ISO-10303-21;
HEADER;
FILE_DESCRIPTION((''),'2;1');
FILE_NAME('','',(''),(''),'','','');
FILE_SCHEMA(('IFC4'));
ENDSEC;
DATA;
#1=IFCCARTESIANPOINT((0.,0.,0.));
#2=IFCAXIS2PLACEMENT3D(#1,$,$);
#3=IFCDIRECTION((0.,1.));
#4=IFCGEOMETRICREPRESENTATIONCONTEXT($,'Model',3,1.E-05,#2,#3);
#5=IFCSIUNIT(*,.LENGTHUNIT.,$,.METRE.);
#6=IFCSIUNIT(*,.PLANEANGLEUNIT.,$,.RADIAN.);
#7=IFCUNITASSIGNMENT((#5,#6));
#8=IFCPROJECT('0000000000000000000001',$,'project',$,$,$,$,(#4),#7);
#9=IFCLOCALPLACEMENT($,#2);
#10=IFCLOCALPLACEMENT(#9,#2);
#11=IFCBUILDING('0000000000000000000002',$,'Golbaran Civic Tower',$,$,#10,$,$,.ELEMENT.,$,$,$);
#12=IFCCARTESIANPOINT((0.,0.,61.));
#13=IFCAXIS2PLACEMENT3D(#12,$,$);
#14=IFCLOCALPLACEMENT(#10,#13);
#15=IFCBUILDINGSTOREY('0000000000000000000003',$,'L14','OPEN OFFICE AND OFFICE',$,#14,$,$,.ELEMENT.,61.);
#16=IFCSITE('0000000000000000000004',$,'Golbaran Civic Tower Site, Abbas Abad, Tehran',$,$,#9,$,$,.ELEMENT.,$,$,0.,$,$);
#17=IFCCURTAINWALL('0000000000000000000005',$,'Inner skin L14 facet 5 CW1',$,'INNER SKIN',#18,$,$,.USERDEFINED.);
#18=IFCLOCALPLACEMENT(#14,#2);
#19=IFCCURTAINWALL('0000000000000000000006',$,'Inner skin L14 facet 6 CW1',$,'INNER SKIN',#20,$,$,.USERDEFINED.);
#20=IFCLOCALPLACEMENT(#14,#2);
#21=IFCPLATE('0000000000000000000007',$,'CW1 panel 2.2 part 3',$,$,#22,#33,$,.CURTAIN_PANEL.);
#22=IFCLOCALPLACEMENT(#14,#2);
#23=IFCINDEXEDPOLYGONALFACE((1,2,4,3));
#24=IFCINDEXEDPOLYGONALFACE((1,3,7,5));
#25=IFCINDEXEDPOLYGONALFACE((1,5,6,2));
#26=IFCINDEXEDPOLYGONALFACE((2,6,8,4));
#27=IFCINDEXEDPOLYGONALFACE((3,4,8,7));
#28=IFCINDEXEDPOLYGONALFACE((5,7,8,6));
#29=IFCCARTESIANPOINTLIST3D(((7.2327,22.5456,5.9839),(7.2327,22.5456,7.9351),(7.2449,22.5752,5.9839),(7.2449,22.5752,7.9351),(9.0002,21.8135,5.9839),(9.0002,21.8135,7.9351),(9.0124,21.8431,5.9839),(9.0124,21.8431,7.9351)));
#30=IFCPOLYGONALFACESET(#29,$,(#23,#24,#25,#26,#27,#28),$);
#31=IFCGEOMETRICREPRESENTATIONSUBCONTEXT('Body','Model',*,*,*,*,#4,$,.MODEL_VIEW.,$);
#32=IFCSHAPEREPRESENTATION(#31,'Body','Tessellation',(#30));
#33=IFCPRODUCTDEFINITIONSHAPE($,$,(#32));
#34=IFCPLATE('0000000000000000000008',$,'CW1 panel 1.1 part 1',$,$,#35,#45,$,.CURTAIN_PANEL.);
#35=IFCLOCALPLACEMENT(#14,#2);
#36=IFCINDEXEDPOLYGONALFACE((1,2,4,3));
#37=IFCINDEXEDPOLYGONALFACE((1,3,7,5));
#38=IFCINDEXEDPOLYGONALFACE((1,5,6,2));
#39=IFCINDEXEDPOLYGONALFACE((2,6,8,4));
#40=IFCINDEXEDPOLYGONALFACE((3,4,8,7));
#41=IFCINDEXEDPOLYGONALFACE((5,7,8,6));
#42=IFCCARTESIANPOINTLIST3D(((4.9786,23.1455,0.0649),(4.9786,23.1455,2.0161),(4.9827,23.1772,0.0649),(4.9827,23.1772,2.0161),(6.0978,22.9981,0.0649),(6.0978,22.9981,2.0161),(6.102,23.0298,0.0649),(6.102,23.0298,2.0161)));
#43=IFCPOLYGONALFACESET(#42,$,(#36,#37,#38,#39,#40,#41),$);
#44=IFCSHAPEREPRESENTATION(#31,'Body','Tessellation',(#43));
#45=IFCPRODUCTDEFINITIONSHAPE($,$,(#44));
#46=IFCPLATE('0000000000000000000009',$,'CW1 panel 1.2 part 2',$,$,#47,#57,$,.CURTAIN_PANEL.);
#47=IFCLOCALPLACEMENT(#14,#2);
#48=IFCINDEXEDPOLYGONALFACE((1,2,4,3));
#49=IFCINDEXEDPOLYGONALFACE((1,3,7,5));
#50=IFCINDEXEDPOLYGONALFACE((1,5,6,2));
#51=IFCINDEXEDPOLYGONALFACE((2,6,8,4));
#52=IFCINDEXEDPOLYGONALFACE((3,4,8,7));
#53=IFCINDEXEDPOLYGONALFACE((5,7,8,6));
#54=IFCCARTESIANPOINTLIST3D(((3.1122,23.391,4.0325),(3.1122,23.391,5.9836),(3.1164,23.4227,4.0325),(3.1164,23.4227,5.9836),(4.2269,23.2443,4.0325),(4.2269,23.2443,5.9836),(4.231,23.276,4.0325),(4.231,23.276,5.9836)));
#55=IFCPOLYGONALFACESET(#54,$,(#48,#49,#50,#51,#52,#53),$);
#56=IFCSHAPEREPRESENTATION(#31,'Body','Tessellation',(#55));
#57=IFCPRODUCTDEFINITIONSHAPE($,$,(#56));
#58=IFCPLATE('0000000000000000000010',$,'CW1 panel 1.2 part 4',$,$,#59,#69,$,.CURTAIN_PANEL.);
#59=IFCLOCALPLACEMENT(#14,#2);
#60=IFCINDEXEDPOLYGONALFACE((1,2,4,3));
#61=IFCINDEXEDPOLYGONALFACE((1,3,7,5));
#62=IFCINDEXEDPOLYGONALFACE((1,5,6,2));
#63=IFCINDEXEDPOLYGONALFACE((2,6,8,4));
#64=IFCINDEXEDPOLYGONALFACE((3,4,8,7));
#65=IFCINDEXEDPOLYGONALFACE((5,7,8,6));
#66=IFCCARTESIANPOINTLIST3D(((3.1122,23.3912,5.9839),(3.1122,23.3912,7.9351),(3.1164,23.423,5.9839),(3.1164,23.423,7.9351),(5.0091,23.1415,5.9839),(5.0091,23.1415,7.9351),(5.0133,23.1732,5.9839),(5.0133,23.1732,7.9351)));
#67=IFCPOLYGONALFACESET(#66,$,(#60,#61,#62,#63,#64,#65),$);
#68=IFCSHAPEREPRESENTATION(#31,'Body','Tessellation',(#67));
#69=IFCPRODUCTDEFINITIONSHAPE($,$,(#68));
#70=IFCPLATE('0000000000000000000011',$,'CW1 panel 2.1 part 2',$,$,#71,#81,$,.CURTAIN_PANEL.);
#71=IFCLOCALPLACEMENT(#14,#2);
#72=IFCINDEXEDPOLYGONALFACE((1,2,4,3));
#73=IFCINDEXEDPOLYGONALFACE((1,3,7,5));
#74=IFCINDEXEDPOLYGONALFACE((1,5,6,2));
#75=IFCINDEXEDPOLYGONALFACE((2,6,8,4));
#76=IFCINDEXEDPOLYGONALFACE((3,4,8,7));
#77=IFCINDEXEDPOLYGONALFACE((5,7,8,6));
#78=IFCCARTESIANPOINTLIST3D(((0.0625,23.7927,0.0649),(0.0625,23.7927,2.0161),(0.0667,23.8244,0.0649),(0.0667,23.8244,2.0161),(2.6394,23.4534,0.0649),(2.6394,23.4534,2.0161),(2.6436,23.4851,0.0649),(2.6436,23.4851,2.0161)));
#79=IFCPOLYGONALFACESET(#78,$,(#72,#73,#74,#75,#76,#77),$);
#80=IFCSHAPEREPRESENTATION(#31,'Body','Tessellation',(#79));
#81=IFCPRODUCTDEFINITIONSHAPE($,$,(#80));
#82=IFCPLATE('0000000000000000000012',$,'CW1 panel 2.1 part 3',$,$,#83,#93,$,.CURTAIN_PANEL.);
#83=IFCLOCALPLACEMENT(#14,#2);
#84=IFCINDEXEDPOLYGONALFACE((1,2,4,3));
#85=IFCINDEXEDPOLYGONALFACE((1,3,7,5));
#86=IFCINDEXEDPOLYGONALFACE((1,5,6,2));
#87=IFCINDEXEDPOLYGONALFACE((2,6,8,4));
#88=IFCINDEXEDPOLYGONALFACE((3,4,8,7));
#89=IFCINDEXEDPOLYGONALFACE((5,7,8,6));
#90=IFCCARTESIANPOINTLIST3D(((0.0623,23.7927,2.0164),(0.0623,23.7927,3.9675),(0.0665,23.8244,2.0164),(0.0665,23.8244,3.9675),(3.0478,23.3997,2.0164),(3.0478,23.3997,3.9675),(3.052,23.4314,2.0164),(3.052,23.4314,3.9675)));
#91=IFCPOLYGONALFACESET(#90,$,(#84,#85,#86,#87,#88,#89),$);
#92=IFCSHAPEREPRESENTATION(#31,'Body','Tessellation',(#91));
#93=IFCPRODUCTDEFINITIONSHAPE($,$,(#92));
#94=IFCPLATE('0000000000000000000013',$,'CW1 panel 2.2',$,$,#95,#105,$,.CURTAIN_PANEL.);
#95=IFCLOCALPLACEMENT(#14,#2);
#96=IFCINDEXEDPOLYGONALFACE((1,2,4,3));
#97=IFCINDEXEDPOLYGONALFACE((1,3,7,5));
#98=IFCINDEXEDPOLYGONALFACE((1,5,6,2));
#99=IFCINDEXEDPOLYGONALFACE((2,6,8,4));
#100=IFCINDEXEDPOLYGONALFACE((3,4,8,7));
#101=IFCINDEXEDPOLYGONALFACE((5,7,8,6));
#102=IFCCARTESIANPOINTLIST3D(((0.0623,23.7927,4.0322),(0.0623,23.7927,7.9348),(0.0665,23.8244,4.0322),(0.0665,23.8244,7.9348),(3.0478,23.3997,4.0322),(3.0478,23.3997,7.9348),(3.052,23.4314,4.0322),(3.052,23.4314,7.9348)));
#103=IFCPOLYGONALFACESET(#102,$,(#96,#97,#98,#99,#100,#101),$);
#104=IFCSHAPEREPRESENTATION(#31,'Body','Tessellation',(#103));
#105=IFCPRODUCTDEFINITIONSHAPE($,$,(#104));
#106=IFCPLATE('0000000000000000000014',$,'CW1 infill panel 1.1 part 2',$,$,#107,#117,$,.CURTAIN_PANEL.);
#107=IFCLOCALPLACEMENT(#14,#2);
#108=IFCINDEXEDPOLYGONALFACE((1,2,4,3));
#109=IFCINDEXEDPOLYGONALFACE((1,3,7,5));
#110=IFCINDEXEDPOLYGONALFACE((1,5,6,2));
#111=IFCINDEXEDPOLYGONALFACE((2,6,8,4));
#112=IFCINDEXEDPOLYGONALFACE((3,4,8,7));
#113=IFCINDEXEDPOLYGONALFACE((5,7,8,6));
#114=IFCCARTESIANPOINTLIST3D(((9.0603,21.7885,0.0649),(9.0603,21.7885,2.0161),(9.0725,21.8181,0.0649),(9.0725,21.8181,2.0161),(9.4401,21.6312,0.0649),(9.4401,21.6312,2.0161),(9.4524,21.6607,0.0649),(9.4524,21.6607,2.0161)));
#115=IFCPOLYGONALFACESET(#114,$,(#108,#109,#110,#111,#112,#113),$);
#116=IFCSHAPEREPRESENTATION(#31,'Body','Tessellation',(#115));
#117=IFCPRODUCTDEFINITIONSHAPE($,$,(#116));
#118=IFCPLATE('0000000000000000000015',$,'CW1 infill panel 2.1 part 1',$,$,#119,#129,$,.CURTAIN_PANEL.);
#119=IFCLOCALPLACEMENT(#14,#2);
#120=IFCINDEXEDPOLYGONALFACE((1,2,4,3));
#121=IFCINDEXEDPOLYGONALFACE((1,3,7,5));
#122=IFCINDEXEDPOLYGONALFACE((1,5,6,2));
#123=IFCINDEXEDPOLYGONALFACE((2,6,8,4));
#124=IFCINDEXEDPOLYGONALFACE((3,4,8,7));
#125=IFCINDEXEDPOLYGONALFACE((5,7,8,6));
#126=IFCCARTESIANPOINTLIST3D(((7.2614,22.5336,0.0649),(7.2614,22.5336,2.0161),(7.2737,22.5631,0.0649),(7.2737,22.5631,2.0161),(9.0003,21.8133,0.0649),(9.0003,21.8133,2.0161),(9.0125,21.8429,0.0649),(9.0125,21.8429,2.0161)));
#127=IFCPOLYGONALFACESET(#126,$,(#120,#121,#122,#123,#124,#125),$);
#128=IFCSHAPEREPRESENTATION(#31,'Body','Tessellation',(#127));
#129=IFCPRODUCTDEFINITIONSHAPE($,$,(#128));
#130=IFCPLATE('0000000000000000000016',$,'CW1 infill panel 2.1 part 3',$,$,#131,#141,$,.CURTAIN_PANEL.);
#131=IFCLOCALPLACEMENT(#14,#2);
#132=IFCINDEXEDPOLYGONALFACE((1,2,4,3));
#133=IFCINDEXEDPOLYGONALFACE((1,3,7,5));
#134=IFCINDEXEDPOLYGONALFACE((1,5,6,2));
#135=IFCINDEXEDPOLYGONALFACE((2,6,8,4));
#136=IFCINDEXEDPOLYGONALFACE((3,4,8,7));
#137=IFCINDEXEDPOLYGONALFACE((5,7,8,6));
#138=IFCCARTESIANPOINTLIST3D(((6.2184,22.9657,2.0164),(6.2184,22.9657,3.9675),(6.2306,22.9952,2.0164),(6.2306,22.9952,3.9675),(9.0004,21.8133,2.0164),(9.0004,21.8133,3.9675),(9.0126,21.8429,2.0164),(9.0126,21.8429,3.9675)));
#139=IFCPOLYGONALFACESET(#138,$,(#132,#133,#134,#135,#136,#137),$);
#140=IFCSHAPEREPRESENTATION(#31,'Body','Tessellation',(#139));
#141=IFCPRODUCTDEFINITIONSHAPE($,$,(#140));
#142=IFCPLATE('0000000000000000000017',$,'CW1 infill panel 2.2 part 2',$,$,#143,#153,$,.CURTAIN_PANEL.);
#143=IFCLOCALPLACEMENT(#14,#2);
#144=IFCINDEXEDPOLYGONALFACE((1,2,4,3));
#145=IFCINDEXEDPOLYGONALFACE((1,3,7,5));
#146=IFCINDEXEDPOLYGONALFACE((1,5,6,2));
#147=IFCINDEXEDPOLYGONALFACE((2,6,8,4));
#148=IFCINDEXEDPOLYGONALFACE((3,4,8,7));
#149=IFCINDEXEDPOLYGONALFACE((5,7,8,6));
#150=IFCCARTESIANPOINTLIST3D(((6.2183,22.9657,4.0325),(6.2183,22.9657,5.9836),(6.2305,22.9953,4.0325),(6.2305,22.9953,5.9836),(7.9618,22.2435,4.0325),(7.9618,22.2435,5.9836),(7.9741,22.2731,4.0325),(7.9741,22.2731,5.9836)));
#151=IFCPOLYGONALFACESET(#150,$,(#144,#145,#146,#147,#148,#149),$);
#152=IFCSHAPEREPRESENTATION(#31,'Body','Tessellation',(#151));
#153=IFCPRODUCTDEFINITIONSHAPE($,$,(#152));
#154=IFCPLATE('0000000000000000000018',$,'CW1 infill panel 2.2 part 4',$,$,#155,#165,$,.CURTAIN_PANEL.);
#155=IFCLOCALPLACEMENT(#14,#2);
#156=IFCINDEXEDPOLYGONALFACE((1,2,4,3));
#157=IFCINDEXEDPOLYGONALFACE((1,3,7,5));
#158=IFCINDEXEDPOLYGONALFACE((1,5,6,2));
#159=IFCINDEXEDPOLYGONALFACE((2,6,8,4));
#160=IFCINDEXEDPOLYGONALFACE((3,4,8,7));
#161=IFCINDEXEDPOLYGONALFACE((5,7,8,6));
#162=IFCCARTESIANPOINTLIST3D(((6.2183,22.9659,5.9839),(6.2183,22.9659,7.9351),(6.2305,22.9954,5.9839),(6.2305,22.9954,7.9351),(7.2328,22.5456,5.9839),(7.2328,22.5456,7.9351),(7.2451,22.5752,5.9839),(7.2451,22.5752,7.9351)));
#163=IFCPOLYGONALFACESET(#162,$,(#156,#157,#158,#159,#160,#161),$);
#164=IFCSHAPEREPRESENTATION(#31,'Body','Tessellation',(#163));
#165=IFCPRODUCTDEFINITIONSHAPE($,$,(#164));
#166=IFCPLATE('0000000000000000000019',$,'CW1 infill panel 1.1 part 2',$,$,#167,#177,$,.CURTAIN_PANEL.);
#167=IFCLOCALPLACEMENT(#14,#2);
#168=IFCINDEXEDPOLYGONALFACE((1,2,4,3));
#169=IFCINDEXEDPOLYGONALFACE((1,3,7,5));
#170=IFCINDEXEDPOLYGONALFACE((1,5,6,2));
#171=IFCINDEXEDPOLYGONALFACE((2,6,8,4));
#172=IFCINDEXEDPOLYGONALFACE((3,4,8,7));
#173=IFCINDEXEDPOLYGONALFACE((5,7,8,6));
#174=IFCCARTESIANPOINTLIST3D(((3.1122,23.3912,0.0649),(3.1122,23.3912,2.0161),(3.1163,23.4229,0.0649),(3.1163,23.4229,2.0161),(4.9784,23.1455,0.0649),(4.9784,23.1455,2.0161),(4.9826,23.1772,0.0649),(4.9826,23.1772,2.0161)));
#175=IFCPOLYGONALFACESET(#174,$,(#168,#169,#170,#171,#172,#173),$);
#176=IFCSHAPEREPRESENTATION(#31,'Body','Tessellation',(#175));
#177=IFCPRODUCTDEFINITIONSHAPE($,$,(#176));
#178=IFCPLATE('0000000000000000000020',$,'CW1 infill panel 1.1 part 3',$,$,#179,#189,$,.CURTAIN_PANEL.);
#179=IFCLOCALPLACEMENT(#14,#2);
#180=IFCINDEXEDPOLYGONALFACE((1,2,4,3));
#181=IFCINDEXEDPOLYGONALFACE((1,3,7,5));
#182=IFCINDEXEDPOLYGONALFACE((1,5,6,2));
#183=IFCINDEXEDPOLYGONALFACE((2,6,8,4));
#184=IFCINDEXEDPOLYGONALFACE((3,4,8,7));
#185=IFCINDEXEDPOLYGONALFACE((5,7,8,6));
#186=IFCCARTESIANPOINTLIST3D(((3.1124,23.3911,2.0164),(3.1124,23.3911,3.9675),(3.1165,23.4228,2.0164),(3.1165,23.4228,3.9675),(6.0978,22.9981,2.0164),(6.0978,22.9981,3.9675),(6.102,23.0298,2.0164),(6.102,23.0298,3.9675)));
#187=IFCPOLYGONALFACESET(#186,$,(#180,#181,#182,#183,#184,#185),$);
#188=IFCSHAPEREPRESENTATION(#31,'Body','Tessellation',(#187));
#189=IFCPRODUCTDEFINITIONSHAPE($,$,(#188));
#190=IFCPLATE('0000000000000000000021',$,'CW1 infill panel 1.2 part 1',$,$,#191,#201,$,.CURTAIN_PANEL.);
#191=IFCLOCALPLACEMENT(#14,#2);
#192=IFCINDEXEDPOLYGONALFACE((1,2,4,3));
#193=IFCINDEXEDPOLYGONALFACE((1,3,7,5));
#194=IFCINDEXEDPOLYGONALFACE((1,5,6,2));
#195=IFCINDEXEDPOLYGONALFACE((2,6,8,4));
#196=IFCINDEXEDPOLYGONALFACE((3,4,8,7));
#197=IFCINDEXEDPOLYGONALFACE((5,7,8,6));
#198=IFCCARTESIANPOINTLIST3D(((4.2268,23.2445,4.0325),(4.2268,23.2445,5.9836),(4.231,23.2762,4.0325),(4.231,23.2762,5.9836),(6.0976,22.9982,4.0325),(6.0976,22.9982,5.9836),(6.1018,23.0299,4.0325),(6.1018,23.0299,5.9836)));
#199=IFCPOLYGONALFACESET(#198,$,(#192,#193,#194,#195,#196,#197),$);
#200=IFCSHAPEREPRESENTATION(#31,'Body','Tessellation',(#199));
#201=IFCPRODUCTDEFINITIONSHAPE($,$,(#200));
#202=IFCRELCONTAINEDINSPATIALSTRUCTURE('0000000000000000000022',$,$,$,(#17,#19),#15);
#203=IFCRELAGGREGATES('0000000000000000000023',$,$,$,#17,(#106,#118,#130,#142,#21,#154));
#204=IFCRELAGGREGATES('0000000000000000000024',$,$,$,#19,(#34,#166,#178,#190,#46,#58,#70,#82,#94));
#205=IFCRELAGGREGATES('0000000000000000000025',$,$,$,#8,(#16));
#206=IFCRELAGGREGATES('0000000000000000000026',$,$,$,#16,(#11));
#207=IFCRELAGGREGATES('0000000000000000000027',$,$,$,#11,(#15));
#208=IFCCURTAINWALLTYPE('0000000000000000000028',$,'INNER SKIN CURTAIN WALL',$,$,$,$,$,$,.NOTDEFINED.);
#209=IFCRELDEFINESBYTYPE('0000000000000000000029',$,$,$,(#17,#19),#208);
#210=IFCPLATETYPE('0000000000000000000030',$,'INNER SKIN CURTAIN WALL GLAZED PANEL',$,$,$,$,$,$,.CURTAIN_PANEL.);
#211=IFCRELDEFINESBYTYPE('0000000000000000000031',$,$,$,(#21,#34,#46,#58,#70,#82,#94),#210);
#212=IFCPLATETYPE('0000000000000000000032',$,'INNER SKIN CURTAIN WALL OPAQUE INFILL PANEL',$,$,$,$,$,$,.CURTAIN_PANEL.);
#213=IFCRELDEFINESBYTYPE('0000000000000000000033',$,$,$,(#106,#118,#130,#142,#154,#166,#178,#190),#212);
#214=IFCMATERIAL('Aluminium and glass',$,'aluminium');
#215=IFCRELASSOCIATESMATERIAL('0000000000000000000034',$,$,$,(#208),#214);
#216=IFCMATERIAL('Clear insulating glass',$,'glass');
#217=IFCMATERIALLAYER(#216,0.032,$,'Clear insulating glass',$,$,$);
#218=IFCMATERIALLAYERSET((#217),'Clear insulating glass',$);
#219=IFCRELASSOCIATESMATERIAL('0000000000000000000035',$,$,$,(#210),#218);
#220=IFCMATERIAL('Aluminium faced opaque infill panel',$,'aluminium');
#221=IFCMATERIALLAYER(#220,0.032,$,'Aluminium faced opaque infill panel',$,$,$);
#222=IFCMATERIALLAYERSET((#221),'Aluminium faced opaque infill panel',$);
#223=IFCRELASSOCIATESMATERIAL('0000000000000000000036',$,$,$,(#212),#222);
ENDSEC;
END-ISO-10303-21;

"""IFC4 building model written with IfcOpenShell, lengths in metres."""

from ifc_helpers import new_model, si_unit, direction, frame, origin, origin_2d, place, context, subcontext, project, spatial, rectangle, extrude, material, layer, layer_set, type_object, element, aggregate, save


model = new_model("IFC4")

# Units and contexts
model_context = context("Model", 3, precision=1e-05, world=origin(), true_north=direction((0.0, 1.0)))
body_context = subcontext(model_context, "Body", "Model", "MODEL_VIEW")
ifc_project = project(units=[si_unit("LENGTHUNIT", "METRE"), si_unit("PLANEANGLEUNIT", "RADIAN")], contexts=[model_context])

# Site, building, storey
site_placement = place(None, origin())
site = spatial("IfcSite", under=ifc_project, at=site_placement, Name="Golbaran Civic Tower Site, Abbas Abad, Tehran", CompositionType="ELEMENT", RefElevation=0.0)
building_placement = place(site_placement, origin())
building = spatial("IfcBuilding", under=site, at=building_placement, Name="Golbaran Civic Tower", CompositionType="ELEMENT")
storey_placement = place(building_placement, frame((0.0, 0.0, 61.0)))
storey = spatial("IfcBuildingStorey", under=building, at=storey_placement, Name="L14", Description="OPEN OFFICE AND OFFICE", CompositionType="ELEMENT", Elevation=61.0)

# Curtain walls
ifc_material_1 = material(Name="Aluminium and glass", Category="aluminium")
curtain_wall_type = type_object("IfcCurtainWallType", Name="INNER SKIN CURTAIN WALL", PredefinedType="NOTDEFINED", material=ifc_material_1)
curtain_wall_1_placement = place(storey_placement, origin())
curtain_wall_1 = element("IfcCurtainWall", 1, at=curtain_wall_1_placement, inside=storey, type_object=curtain_wall_type, Name="Inner skin L14 facet 5 CW1", ObjectType="INNER SKIN", PredefinedType="USERDEFINED")
curtain_wall_2_placement = place(storey_placement, origin())
curtain_wall_2 = element("IfcCurtainWall", 2, at=curtain_wall_2_placement, inside=storey, type_object=curtain_wall_type, Name="Inner skin L14 facet 6 CW1", ObjectType="INNER SKIN", PredefinedType="USERDEFINED")

# Plates
ifc_material_2 = material(Name="Clear insulating glass", Category="glass")
ifc_layer_1 = layer(ifc_material_2, 0.032, Name="Clear insulating glass")
ifc_layer_set_1 = layer_set([ifc_layer_1], Name="Clear insulating glass")
plate_type_1 = type_object("IfcPlateType", Name="INNER SKIN CURTAIN WALL GLAZED PANEL", PredefinedType="CURTAIN_PANEL", material=ifc_layer_set_1)
plate_1_placement = place(storey_placement, frame((8.1226, 22.1943, 5.9839), z_axis=(0.0, 0.0, 1.0), x_axis=(-0.92388, 0.382683, 0.0)))
plate_1 = element("IfcPlate", 3, at=plate_1_placement, type_object=plate_type_1, Name="CW1 panel 2.2 part 3", PredefinedType="CURTAIN_PANEL", context=body_context, shape_type="SweptSolid", body=[
    extrude(rectangle(XDim=1.9131, YDim=0.032, at=origin_2d()), origin(), (0.0, 0.0, 1.0), 1.9512),
])
plate_2_placement = place(storey_placement, frame((5.5403, 23.0876, 0.0649), z_axis=(0.0, 0.0, 1.0), x_axis=(-0.991445, 0.130526, 0.0)))
plate_2 = element("IfcPlate", 4, at=plate_2_placement, type_object=plate_type_1, Name="CW1 panel 1.1 part 1", PredefinedType="CURTAIN_PANEL", context=body_context, shape_type="SweptSolid", body=[
    extrude(rectangle(XDim=1.1289, YDim=0.032, at=origin_2d()), origin(), (0.0, 0.0, 1.0), 1.9512),
])
plate_3_placement = place(storey_placement, frame((3.6716, 23.3335, 4.0325), z_axis=(0.0, 0.0, 1.0), x_axis=(-0.991445, 0.130526, 0.0)))
plate_3 = element("IfcPlate", 5, at=plate_3_placement, type_object=plate_type_1, Name="CW1 panel 1.2 part 2", PredefinedType="CURTAIN_PANEL", context=body_context, shape_type="SweptSolid", body=[
    extrude(rectangle(XDim=1.1243, YDim=0.032, at=origin_2d()), origin(), (0.0, 0.0, 1.0), 1.9512),
])
plate_4_placement = place(storey_placement, frame((4.0627, 23.2822, 5.9839), z_axis=(0.0, 0.0, 1.0), x_axis=(-0.991445, 0.130526, 0.0)))
plate_4 = element("IfcPlate", 6, at=plate_4_placement, type_object=plate_type_1, Name="CW1 panel 1.2 part 4", PredefinedType="CURTAIN_PANEL", context=body_context, shape_type="SweptSolid", body=[
    extrude(rectangle(XDim=1.9133, YDim=0.032, at=origin_2d()), origin(), (0.0, 0.0, 1.0), 1.9512),
])
plate_5_placement = place(storey_placement, frame((1.353, 23.6389, 0.0649), z_axis=(0.0, 0.0, 1.0), x_axis=(-0.991445, 0.130526, 0.0)))
plate_5 = element("IfcPlate", 7, at=plate_5_placement, type_object=plate_type_1, Name="CW1 panel 2.1 part 2", PredefinedType="CURTAIN_PANEL", context=body_context, shape_type="SweptSolid", body=[
    extrude(rectangle(XDim=2.5991, YDim=0.032, at=origin_2d()), origin(), (0.0, 0.0, 1.0), 1.9512),
])
plate_6_placement = place(storey_placement, frame((1.5571, 23.6121, 2.0164), z_axis=(0.0, 0.0, 1.0), x_axis=(-0.991445, 0.130526, 0.0)))
plate_6 = element("IfcPlate", 8, at=plate_6_placement, type_object=plate_type_1, Name="CW1 panel 2.1 part 3", PredefinedType="CURTAIN_PANEL", context=body_context, shape_type="SweptSolid", body=[
    extrude(rectangle(XDim=3.0112, YDim=0.032, at=origin_2d()), origin(), (0.0, 0.0, 1.0), 1.9512),
])
plate_7_placement = place(storey_placement, frame((1.5571, 23.6121, 4.0322), z_axis=(0.0, 0.0, 1.0), x_axis=(-0.991445, 0.130526, 0.0)))
plate_7 = element("IfcPlate", 9, at=plate_7_placement, type_object=plate_type_1, Name="CW1 panel 2.2", PredefinedType="CURTAIN_PANEL", context=body_context, shape_type="SweptSolid", body=[
    extrude(rectangle(XDim=3.0112, YDim=0.032, at=origin_2d()), origin(), (0.0, 0.0, 1.0), 3.9026),
])
ifc_material_3 = material(Name="Aluminium faced opaque infill panel", Category="aluminium")
ifc_layer_2 = layer(ifc_material_3, 0.032, Name="Aluminium faced opaque infill panel")
ifc_layer_set_2 = layer_set([ifc_layer_2], Name="Aluminium faced opaque infill panel")
plate_type_2 = type_object("IfcPlateType", Name="INNER SKIN CURTAIN WALL OPAQUE INFILL PANEL", PredefinedType="CURTAIN_PANEL", material=ifc_layer_set_2)
plate_8_placement = place(storey_placement, frame((9.2563, 21.7246, 0.0649), z_axis=(0.0, 0.0, 1.0), x_axis=(-0.92388, 0.382683, 0.0)))
plate_8 = element("IfcPlate", 10, at=plate_8_placement, type_object=plate_type_2, Name="CW1 infill panel 1.1 part 2", PredefinedType="CURTAIN_PANEL", context=body_context, shape_type="SweptSolid", body=[
    extrude(rectangle(XDim=0.4111, YDim=0.032, at=origin_2d()), origin(), (0.0, 0.0, 1.0), 1.9512),
])
plate_9_placement = place(storey_placement, frame((8.137, 22.1882, 0.0649), z_axis=(0.0, 0.0, 1.0), x_axis=(-0.92388, 0.382683, 0.0)))
plate_9 = element("IfcPlate", 11, at=plate_9_placement, type_object=plate_type_2, Name="CW1 infill panel 2.1 part 1", PredefinedType="CURTAIN_PANEL", context=body_context, shape_type="SweptSolid", body=[
    extrude(rectangle(XDim=1.8821, YDim=0.032, at=origin_2d()), origin(), (0.0, 0.0, 1.0), 1.9512),
])
plate_10_placement = place(storey_placement, frame((7.6155, 22.4043, 2.0164), z_axis=(0.0, 0.0, 1.0), x_axis=(-0.92388, 0.382683, 0.0)))
plate_10 = element("IfcPlate", 12, at=plate_10_placement, type_object=plate_type_2, Name="CW1 infill panel 2.1 part 3", PredefinedType="CURTAIN_PANEL", context=body_context, shape_type="SweptSolid", body=[
    extrude(rectangle(XDim=3.0112, YDim=0.032, at=origin_2d()), origin(), (0.0, 0.0, 1.0), 1.9512),
])
plate_11_placement = place(storey_placement, frame((7.0962, 22.6194, 4.0325), z_axis=(0.0, 0.0, 1.0), x_axis=(-0.92388, 0.382683, 0.0)))
plate_11 = element("IfcPlate", 13, at=plate_11_placement, type_object=plate_type_2, Name="CW1 infill panel 2.2 part 2", PredefinedType="CURTAIN_PANEL", context=body_context, shape_type="SweptSolid", body=[
    extrude(rectangle(XDim=1.8872, YDim=0.032, at=origin_2d()), origin(), (0.0, 0.0, 1.0), 1.9512),
])
plate_12_placement = place(storey_placement, frame((6.7317, 22.7705, 5.9839), z_axis=(0.0, 0.0, 1.0), x_axis=(-0.92388, 0.382683, 0.0)))
plate_12 = element("IfcPlate", 14, at=plate_12_placement, type_object=plate_type_2, Name="CW1 infill panel 2.2 part 4", PredefinedType="CURTAIN_PANEL", context=body_context, shape_type="SweptSolid", body=[
    extrude(rectangle(XDim=1.0981, YDim=0.032, at=origin_2d()), origin(), (0.0, 0.0, 1.0), 1.9512),
])
aggregate(curtain_wall_1, [plate_8, plate_9, plate_10, plate_11, plate_1, plate_12])
plate_13_placement = place(storey_placement, frame((4.0474, 23.2842, 0.0649), z_axis=(0.0, 0.0, 1.0), x_axis=(-0.991445, 0.130526, 0.0)))
plate_13 = element("IfcPlate", 15, at=plate_13_placement, type_object=plate_type_2, Name="CW1 infill panel 1.1 part 2", PredefinedType="CURTAIN_PANEL", context=body_context, shape_type="SweptSolid", body=[
    extrude(rectangle(XDim=1.8823, YDim=0.032, at=origin_2d()), origin(), (0.0, 0.0, 1.0), 1.9512),
])
plate_14_placement = place(storey_placement, frame((4.6072, 23.2104, 2.0164), z_axis=(0.0, 0.0, 1.0), x_axis=(-0.991445, 0.130526, 0.0)))
plate_14 = element("IfcPlate", 16, at=plate_14_placement, type_object=plate_type_2, Name="CW1 infill panel 1.1 part 3", PredefinedType="CURTAIN_PANEL", context=body_context, shape_type="SweptSolid", body=[
    extrude(rectangle(XDim=3.0112, YDim=0.032, at=origin_2d()), origin(), (0.0, 0.0, 1.0), 1.9512),
])
plate_15_placement = place(storey_placement, frame((5.1643, 23.1372, 4.0325), z_axis=(0.0, 0.0, 1.0), x_axis=(-0.991445, 0.130526, 0.0)))
plate_15 = element("IfcPlate", 17, at=plate_15_placement, type_object=plate_type_2, Name="CW1 infill panel 1.2 part 1", PredefinedType="CURTAIN_PANEL", context=body_context, shape_type="SweptSolid", body=[
    extrude(rectangle(XDim=1.887, YDim=0.032, at=origin_2d()), origin(), (0.0, 0.0, 1.0), 1.9512),
])
aggregate(curtain_wall_2, [plate_2, plate_13, plate_14, plate_15, plate_3, plate_4, plate_5, plate_6, plate_7])

save(model, "model.ifc")
